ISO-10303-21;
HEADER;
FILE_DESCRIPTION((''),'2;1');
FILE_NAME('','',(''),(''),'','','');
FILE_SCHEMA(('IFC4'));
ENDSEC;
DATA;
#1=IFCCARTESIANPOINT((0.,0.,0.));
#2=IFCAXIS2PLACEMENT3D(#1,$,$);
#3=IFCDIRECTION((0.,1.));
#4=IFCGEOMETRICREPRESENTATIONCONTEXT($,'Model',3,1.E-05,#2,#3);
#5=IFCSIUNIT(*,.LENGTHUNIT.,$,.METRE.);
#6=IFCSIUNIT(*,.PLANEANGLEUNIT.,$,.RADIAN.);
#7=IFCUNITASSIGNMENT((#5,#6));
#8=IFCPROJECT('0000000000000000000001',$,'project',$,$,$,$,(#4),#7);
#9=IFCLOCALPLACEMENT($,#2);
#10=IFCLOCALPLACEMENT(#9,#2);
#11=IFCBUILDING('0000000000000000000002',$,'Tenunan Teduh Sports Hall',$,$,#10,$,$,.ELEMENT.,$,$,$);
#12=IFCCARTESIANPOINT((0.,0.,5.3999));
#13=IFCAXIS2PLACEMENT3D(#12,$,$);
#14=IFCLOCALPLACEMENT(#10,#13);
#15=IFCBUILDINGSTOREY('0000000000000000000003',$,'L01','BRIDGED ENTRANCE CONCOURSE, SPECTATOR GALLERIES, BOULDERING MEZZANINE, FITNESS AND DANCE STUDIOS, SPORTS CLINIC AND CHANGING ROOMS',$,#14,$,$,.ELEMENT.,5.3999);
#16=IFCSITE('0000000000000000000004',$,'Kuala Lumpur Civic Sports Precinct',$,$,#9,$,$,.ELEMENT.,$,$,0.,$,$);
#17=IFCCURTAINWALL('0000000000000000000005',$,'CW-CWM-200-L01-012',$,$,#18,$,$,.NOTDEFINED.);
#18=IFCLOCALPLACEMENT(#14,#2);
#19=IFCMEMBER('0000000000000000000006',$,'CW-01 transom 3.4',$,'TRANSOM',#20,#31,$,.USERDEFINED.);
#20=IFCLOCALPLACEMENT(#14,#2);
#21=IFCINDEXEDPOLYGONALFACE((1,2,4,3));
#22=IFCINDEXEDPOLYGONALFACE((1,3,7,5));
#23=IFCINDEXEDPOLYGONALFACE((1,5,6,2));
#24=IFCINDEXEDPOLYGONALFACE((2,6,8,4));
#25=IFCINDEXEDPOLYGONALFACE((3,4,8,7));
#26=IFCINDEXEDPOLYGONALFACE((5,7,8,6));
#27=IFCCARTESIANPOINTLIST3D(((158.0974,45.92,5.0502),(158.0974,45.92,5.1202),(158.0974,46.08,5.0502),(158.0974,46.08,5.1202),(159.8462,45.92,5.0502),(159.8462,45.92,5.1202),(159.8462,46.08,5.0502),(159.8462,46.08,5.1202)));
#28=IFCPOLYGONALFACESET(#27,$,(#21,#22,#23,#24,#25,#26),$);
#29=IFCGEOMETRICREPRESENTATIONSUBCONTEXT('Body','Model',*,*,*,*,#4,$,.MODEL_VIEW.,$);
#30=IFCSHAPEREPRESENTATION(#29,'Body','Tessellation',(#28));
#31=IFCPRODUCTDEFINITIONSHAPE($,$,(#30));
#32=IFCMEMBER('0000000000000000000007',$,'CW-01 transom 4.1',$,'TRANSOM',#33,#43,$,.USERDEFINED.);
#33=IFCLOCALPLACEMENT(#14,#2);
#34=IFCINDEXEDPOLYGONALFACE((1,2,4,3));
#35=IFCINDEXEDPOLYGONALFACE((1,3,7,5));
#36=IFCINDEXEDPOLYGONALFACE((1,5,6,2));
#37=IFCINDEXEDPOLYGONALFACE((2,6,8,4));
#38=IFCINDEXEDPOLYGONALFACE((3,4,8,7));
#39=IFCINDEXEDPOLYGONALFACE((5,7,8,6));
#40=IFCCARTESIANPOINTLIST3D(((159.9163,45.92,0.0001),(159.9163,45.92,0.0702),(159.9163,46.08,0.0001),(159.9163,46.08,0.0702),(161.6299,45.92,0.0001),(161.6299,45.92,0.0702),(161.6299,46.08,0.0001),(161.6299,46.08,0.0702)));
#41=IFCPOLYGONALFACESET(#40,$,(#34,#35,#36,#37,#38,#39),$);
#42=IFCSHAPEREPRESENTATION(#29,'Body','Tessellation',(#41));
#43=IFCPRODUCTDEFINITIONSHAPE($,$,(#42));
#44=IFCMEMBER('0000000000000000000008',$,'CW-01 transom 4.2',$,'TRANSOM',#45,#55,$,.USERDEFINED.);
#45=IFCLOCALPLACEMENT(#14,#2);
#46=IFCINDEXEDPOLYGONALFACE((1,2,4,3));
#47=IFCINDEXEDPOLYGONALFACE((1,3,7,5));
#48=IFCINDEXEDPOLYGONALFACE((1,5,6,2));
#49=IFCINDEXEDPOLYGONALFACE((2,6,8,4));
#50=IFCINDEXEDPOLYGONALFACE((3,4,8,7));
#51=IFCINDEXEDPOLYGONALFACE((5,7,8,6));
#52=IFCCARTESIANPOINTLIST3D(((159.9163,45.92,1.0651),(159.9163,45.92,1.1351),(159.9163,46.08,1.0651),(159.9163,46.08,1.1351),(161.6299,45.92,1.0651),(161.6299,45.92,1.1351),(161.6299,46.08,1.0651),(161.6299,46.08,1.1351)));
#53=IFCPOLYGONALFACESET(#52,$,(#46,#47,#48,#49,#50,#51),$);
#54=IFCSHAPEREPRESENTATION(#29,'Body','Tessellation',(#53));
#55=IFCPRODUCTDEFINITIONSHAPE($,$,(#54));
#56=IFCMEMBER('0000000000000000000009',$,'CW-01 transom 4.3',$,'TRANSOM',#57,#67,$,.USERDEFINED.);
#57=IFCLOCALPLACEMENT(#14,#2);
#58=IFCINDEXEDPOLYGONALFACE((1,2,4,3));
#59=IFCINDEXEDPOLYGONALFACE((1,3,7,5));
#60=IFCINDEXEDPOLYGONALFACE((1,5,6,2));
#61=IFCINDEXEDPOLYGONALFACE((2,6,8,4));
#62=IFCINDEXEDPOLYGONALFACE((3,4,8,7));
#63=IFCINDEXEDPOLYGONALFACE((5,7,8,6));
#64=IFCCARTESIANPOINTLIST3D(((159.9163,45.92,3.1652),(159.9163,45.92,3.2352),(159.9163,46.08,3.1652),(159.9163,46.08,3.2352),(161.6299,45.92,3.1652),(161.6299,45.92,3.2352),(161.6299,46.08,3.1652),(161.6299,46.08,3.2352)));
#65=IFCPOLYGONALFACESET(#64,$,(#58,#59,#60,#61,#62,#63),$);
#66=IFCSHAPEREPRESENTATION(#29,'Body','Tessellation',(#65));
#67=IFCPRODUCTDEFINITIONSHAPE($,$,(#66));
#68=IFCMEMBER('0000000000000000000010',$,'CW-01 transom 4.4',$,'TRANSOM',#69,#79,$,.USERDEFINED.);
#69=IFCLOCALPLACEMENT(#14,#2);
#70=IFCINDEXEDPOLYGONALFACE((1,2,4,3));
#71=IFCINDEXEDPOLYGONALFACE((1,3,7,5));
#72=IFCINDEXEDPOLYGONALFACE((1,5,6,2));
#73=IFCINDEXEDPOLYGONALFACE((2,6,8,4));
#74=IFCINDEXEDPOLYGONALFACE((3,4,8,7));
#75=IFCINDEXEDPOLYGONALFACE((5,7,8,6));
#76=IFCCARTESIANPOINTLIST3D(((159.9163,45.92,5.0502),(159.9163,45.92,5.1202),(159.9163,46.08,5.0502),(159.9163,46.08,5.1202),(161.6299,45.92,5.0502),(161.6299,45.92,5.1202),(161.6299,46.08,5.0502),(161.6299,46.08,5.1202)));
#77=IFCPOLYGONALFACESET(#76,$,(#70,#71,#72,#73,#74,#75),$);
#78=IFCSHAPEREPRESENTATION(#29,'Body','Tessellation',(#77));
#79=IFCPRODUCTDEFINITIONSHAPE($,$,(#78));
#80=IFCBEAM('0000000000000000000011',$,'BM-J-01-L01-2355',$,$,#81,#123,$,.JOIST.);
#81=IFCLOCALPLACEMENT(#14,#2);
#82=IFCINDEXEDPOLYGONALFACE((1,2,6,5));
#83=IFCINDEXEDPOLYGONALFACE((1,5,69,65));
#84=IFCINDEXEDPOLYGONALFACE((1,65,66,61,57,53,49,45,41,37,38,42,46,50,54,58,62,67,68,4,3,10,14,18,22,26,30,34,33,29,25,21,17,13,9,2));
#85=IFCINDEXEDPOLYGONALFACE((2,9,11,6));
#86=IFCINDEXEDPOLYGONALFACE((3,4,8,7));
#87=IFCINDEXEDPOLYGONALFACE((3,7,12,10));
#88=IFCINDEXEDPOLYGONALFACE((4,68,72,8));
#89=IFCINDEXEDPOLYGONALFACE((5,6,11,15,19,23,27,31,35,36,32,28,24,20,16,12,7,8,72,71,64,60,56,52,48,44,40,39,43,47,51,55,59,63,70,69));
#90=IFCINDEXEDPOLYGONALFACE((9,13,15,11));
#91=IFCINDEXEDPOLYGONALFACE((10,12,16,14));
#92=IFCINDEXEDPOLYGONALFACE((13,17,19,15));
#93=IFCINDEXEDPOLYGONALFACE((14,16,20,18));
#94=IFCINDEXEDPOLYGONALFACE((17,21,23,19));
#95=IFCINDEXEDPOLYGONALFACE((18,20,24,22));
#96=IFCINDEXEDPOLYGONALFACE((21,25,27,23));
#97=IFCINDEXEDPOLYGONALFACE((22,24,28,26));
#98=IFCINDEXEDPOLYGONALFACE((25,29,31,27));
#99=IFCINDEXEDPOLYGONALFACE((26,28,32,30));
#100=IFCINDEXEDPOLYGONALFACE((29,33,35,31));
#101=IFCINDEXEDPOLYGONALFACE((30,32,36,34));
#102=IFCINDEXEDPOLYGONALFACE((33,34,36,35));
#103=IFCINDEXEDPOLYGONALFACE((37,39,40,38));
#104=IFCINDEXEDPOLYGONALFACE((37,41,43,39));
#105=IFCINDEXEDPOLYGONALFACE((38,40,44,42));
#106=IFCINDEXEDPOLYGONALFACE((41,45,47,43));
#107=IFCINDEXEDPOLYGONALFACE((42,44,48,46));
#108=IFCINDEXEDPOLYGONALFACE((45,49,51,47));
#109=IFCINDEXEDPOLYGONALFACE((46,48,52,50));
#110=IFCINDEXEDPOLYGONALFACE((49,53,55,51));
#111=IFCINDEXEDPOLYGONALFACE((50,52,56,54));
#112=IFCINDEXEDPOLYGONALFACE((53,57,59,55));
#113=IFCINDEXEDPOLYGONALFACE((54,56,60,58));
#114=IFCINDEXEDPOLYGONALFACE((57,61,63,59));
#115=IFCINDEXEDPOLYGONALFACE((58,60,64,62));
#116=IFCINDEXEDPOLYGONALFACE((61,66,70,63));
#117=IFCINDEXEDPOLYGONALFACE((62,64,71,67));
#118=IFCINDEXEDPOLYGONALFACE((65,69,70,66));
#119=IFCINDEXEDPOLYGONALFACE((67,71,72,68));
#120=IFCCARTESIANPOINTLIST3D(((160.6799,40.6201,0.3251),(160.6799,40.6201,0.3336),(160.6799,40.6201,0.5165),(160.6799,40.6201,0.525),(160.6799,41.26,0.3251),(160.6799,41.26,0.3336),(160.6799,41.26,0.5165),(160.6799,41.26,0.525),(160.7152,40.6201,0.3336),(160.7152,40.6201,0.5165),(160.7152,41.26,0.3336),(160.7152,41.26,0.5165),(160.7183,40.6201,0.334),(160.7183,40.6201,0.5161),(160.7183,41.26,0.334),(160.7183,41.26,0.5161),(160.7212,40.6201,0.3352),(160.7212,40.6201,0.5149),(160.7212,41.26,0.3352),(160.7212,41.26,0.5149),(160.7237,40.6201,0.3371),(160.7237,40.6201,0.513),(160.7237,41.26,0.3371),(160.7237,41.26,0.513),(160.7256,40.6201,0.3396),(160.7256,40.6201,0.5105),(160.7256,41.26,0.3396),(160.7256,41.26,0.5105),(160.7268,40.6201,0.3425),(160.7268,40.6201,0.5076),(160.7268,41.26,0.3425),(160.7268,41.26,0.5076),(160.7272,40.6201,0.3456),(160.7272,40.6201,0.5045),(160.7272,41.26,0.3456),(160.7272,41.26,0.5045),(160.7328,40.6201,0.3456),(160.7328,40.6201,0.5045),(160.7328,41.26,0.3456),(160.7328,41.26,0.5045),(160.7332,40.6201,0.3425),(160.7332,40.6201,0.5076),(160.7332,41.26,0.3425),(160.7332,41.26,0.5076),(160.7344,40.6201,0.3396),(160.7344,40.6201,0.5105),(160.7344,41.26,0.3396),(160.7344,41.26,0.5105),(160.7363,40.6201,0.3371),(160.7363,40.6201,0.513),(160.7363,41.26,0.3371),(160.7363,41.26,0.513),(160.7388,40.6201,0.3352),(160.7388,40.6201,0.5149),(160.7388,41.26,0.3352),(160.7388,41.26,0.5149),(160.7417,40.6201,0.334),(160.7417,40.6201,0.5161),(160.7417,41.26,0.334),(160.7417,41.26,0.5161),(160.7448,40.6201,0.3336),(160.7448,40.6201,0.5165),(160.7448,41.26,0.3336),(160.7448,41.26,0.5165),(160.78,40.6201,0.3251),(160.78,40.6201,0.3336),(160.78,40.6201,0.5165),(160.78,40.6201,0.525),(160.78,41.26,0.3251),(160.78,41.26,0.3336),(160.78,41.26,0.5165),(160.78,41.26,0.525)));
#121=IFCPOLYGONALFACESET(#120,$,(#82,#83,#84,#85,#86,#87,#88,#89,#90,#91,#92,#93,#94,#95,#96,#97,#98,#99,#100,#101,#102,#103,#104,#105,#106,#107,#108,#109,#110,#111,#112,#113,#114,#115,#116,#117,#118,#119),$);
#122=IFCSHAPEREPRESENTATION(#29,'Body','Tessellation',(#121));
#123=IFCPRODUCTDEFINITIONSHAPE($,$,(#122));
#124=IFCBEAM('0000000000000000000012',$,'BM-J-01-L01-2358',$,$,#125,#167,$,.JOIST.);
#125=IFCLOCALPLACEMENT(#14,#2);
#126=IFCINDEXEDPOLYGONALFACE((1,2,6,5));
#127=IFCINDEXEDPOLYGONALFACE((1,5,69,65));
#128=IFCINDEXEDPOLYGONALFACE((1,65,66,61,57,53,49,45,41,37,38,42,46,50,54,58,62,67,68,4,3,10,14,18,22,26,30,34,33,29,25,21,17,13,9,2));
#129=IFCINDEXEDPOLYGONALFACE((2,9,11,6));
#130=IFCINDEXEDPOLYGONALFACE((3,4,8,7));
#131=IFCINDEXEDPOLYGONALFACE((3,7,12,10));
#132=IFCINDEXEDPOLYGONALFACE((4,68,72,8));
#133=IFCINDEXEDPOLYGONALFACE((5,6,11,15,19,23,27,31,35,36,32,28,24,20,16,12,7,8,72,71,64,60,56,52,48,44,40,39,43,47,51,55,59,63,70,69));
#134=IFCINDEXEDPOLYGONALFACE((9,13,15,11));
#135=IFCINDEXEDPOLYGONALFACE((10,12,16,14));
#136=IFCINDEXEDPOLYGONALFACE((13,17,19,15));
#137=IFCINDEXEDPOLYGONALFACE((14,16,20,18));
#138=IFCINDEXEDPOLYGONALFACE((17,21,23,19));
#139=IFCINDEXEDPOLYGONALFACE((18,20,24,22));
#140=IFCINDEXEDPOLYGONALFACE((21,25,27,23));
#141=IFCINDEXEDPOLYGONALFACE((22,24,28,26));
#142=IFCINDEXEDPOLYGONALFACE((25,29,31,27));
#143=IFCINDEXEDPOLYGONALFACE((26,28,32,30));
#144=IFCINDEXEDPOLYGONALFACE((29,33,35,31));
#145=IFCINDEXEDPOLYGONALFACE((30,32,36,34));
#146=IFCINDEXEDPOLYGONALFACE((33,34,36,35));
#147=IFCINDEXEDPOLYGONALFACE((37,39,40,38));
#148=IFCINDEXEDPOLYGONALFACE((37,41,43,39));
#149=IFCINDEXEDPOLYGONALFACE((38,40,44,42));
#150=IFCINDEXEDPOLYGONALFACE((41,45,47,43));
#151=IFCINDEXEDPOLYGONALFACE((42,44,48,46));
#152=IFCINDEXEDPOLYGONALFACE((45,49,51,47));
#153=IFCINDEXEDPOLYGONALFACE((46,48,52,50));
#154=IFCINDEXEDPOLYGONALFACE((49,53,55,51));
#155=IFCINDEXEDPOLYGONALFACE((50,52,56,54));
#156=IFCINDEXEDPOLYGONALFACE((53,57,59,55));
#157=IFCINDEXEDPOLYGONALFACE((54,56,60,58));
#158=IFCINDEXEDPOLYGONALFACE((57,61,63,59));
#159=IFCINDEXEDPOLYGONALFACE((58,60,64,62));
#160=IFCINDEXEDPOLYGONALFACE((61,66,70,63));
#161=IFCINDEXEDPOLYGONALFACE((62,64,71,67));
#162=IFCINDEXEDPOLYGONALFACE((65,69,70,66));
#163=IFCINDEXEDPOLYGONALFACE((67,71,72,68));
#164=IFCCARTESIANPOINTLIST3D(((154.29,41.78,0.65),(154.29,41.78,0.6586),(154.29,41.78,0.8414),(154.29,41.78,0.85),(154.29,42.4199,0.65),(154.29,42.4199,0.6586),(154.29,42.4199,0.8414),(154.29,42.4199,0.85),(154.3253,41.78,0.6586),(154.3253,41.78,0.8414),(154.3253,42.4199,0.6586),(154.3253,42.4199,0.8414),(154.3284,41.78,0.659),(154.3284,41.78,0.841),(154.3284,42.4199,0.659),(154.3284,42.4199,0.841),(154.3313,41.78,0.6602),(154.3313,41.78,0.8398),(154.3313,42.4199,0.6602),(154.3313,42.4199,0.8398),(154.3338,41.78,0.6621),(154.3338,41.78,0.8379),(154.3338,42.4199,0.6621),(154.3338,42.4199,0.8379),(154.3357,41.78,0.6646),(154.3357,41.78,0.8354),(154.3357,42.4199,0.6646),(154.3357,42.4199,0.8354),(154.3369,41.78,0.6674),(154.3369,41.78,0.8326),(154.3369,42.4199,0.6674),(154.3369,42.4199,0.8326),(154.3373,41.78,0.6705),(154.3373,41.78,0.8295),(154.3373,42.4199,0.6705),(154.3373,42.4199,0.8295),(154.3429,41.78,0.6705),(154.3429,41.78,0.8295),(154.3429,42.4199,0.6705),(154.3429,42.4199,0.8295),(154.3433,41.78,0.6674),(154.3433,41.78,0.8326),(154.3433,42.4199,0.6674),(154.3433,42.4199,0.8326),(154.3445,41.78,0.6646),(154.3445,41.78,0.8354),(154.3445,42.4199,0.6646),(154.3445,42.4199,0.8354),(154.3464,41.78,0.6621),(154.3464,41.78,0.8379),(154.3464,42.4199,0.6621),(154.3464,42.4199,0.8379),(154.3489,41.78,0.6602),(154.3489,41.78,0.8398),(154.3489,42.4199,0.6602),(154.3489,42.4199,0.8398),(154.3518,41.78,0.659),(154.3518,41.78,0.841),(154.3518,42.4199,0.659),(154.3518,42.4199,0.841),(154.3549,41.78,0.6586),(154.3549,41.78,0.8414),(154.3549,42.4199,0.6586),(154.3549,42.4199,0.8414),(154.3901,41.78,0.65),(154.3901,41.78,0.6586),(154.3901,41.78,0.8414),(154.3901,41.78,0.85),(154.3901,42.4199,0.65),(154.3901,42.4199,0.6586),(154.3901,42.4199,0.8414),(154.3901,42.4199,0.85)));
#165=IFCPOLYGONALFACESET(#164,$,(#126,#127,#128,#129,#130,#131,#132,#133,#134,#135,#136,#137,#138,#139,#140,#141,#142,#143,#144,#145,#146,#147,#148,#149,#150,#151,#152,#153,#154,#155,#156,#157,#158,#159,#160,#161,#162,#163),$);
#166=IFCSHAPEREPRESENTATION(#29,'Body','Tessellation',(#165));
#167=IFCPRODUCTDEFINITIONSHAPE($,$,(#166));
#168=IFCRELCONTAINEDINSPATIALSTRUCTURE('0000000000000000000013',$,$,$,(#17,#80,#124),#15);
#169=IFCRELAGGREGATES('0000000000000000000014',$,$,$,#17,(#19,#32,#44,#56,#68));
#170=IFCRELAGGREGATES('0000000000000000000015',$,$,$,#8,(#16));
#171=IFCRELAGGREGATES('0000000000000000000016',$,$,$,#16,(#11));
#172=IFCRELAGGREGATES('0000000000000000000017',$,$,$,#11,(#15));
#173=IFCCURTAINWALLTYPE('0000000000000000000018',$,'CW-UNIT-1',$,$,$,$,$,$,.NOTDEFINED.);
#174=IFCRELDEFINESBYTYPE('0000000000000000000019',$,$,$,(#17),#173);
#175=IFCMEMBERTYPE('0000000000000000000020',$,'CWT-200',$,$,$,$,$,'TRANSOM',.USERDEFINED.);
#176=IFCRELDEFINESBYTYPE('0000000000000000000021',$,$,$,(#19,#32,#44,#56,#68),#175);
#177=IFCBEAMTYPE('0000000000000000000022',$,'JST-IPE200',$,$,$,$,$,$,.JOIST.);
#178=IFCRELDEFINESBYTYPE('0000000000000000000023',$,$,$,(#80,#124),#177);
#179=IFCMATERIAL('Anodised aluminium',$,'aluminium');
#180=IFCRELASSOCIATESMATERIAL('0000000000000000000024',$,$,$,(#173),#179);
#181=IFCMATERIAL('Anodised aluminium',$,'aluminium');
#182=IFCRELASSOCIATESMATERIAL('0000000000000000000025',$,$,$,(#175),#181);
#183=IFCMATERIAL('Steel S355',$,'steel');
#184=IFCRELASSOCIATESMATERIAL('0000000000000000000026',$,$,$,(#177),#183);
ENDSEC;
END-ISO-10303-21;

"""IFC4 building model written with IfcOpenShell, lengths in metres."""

from ifc_helpers import new_model, si_unit, direction, frame, origin, origin_2d, place, context, subcontext, project, spatial, rectangle, i_section, extrude, material, material_profile, profile_set, type_object, element, aggregate, save


model = new_model("IFC4")

# Units and contexts
model_context = context("Model", 3, precision=1e-05, world=origin(), true_north=direction((0.0, 1.0)))
body_context = subcontext(model_context, "Body", "Model", "MODEL_VIEW")
ifc_project = project(units=[si_unit("LENGTHUNIT", "METRE"), si_unit("PLANEANGLEUNIT", "RADIAN")], contexts=[model_context])

# Site, building, storey
site_placement = place(None, origin())
site = spatial("IfcSite", under=ifc_project, at=site_placement, Name="Kuala Lumpur Civic Sports Precinct", CompositionType="ELEMENT", RefElevation=0.0)
building_placement = place(site_placement, origin())
building = spatial("IfcBuilding", under=site, at=building_placement, Name="Tenunan Teduh Sports Hall", CompositionType="ELEMENT")
storey_placement = place(building_placement, frame((0.0, 0.0, 5.3999)))
storey = spatial("IfcBuildingStorey", under=building, at=storey_placement, Name="L01", Description="BRIDGED ENTRANCE CONCOURSE, SPECTATOR GALLERIES, BOULDERING MEZZANINE, FITNESS AND DANCE STUDIOS, SPORTS CLINIC AND CHANGING ROOMS", CompositionType="ELEMENT", Elevation=5.3999)

# Curtain wall, members
ifc_material_1 = material(Name="Anodised aluminium", Category="aluminium")
curtain_wall_type = type_object("IfcCurtainWallType", Name="CW-UNIT-1", PredefinedType="NOTDEFINED", material=ifc_material_1)
curtain_wall_placement = place(storey_placement, origin())
curtain_wall = element("IfcCurtainWall", 1, at=curtain_wall_placement, inside=storey, type_object=curtain_wall_type, Name="CW-CWM-200-L01-012", PredefinedType="NOTDEFINED")
ifc_material_2 = material(Name="Anodised aluminium", Category="aluminium")
ifc_material_profile_1 = material_profile(ifc_material_2, rectangle(XDim=0.0701, YDim=0.1599, at=origin_2d()), Name="CWT 70x160")
ifc_profile_set_1 = profile_set([ifc_material_profile_1], Name="Anodised aluminium")
member_type_1 = type_object("IfcMemberType", Name="CWT-200", ElementType="TRANSOM", PredefinedType="USERDEFINED", material=ifc_profile_set_1)
member_1_placement = place(storey_placement, frame((158.0974, 46.0, 5.0852), z_axis=(1.0, 0.0, 0.0), x_axis=(0.0, 0.0, 1.0)))
member_1 = element("IfcMember", 2, at=member_1_placement, type_object=member_type_1, Name="CW-01 transom 3.4", ObjectType="TRANSOM", PredefinedType="USERDEFINED", context=body_context, shape_type="SweptSolid", body=[
    extrude(rectangle(XDim=0.0701, YDim=0.1599, at=origin_2d()), origin(), (0.0, 0.0, 1.0), 1.7488),
])
member_2_placement = place(storey_placement, frame((159.9163, 46.0, 0.0352), z_axis=(1.0, 0.0, 0.0), x_axis=(0.0, 0.0, 1.0)))
member_2 = element("IfcMember", 3, at=member_2_placement, type_object=member_type_1, Name="CW-01 transom 4.1", ObjectType="TRANSOM", PredefinedType="USERDEFINED", context=body_context, shape_type="SweptSolid", body=[
    extrude(rectangle(XDim=0.0701, YDim=0.1599, at=origin_2d()), origin(), (0.0, 0.0, 1.0), 1.7136),
])
member_3_placement = place(storey_placement, frame((159.9163, 46.0, 1.1001), z_axis=(1.0, 0.0, 0.0), x_axis=(0.0, 0.0, 1.0)))
member_3 = element("IfcMember", 4, at=member_3_placement, type_object=member_type_1, Name="CW-01 transom 4.2", ObjectType="TRANSOM", PredefinedType="USERDEFINED", context=body_context, shape_type="SweptSolid", body=[
    extrude(rectangle(XDim=0.0701, YDim=0.1599, at=origin_2d()), origin(), (0.0, 0.0, 1.0), 1.7136),
])
member_4_placement = place(storey_placement, frame((159.9163, 46.0, 3.2002), z_axis=(1.0, 0.0, 0.0), x_axis=(0.0, 0.0, 1.0)))
member_4 = element("IfcMember", 5, at=member_4_placement, type_object=member_type_1, Name="CW-01 transom 4.3", ObjectType="TRANSOM", PredefinedType="USERDEFINED", context=body_context, shape_type="SweptSolid", body=[
    extrude(rectangle(XDim=0.0701, YDim=0.1599, at=origin_2d()), origin(), (0.0, 0.0, 1.0), 1.7136),
])
member_5_placement = place(storey_placement, frame((159.9163, 46.0, 5.0852), z_axis=(1.0, 0.0, 0.0), x_axis=(0.0, 0.0, 1.0)))
member_5 = element("IfcMember", 6, at=member_5_placement, type_object=member_type_1, Name="CW-01 transom 4.4", ObjectType="TRANSOM", PredefinedType="USERDEFINED", context=body_context, shape_type="SweptSolid", body=[
    extrude(rectangle(XDim=0.0701, YDim=0.1599, at=origin_2d()), origin(), (0.0, 0.0, 1.0), 1.7136),
])

# Beams
ifc_material_3 = material(Name="Steel S355", Category="steel")
ifc_material_profile_2 = material_profile(ifc_material_3, i_section(OverallWidth=0.1001, OverallDepth=0.2, WebThickness=0.0056, FlangeThickness=0.0085, FilletRadius=0.012, at=origin_2d()), Name="IPE 200")
ifc_profile_set_2 = profile_set([ifc_material_profile_2], Name="Steel S355")
beam_type = type_object("IfcBeamType", Name="JST-IPE200", PredefinedType="JOIST", material=ifc_profile_set_2)
for number, where, z_axis, x_axis, name in (
    (7, (160.73, 40.6201, 0.425), (0.0, 1.0, 0.0), (-1.0, 0.0, 0.0), "BM-J-01-L01-2355"),
    (8, (154.3401, 41.78, 0.75), (0.0, 1.0, 0.0), (-1.0, 0.0, 0.0), "BM-J-01-L01-2358"),
):
    element("IfcBeam", number, at=place(storey_placement, frame(where, z_axis=z_axis, x_axis=x_axis)), inside=storey, type_object=beam_type, Name=name, PredefinedType="JOIST", context=body_context, shape_type="SweptSolid", body=[
        extrude(i_section(OverallWidth=0.1001, OverallDepth=0.2, WebThickness=0.0056, FlangeThickness=0.0085, FilletRadius=0.012, at=origin_2d()), origin(), (0.0, 0.0, 1.0), 0.6399),
    ])

aggregate(curtain_wall, [member_1, member_2, member_3, member_4, member_5])

save(model, "model.ifc")
